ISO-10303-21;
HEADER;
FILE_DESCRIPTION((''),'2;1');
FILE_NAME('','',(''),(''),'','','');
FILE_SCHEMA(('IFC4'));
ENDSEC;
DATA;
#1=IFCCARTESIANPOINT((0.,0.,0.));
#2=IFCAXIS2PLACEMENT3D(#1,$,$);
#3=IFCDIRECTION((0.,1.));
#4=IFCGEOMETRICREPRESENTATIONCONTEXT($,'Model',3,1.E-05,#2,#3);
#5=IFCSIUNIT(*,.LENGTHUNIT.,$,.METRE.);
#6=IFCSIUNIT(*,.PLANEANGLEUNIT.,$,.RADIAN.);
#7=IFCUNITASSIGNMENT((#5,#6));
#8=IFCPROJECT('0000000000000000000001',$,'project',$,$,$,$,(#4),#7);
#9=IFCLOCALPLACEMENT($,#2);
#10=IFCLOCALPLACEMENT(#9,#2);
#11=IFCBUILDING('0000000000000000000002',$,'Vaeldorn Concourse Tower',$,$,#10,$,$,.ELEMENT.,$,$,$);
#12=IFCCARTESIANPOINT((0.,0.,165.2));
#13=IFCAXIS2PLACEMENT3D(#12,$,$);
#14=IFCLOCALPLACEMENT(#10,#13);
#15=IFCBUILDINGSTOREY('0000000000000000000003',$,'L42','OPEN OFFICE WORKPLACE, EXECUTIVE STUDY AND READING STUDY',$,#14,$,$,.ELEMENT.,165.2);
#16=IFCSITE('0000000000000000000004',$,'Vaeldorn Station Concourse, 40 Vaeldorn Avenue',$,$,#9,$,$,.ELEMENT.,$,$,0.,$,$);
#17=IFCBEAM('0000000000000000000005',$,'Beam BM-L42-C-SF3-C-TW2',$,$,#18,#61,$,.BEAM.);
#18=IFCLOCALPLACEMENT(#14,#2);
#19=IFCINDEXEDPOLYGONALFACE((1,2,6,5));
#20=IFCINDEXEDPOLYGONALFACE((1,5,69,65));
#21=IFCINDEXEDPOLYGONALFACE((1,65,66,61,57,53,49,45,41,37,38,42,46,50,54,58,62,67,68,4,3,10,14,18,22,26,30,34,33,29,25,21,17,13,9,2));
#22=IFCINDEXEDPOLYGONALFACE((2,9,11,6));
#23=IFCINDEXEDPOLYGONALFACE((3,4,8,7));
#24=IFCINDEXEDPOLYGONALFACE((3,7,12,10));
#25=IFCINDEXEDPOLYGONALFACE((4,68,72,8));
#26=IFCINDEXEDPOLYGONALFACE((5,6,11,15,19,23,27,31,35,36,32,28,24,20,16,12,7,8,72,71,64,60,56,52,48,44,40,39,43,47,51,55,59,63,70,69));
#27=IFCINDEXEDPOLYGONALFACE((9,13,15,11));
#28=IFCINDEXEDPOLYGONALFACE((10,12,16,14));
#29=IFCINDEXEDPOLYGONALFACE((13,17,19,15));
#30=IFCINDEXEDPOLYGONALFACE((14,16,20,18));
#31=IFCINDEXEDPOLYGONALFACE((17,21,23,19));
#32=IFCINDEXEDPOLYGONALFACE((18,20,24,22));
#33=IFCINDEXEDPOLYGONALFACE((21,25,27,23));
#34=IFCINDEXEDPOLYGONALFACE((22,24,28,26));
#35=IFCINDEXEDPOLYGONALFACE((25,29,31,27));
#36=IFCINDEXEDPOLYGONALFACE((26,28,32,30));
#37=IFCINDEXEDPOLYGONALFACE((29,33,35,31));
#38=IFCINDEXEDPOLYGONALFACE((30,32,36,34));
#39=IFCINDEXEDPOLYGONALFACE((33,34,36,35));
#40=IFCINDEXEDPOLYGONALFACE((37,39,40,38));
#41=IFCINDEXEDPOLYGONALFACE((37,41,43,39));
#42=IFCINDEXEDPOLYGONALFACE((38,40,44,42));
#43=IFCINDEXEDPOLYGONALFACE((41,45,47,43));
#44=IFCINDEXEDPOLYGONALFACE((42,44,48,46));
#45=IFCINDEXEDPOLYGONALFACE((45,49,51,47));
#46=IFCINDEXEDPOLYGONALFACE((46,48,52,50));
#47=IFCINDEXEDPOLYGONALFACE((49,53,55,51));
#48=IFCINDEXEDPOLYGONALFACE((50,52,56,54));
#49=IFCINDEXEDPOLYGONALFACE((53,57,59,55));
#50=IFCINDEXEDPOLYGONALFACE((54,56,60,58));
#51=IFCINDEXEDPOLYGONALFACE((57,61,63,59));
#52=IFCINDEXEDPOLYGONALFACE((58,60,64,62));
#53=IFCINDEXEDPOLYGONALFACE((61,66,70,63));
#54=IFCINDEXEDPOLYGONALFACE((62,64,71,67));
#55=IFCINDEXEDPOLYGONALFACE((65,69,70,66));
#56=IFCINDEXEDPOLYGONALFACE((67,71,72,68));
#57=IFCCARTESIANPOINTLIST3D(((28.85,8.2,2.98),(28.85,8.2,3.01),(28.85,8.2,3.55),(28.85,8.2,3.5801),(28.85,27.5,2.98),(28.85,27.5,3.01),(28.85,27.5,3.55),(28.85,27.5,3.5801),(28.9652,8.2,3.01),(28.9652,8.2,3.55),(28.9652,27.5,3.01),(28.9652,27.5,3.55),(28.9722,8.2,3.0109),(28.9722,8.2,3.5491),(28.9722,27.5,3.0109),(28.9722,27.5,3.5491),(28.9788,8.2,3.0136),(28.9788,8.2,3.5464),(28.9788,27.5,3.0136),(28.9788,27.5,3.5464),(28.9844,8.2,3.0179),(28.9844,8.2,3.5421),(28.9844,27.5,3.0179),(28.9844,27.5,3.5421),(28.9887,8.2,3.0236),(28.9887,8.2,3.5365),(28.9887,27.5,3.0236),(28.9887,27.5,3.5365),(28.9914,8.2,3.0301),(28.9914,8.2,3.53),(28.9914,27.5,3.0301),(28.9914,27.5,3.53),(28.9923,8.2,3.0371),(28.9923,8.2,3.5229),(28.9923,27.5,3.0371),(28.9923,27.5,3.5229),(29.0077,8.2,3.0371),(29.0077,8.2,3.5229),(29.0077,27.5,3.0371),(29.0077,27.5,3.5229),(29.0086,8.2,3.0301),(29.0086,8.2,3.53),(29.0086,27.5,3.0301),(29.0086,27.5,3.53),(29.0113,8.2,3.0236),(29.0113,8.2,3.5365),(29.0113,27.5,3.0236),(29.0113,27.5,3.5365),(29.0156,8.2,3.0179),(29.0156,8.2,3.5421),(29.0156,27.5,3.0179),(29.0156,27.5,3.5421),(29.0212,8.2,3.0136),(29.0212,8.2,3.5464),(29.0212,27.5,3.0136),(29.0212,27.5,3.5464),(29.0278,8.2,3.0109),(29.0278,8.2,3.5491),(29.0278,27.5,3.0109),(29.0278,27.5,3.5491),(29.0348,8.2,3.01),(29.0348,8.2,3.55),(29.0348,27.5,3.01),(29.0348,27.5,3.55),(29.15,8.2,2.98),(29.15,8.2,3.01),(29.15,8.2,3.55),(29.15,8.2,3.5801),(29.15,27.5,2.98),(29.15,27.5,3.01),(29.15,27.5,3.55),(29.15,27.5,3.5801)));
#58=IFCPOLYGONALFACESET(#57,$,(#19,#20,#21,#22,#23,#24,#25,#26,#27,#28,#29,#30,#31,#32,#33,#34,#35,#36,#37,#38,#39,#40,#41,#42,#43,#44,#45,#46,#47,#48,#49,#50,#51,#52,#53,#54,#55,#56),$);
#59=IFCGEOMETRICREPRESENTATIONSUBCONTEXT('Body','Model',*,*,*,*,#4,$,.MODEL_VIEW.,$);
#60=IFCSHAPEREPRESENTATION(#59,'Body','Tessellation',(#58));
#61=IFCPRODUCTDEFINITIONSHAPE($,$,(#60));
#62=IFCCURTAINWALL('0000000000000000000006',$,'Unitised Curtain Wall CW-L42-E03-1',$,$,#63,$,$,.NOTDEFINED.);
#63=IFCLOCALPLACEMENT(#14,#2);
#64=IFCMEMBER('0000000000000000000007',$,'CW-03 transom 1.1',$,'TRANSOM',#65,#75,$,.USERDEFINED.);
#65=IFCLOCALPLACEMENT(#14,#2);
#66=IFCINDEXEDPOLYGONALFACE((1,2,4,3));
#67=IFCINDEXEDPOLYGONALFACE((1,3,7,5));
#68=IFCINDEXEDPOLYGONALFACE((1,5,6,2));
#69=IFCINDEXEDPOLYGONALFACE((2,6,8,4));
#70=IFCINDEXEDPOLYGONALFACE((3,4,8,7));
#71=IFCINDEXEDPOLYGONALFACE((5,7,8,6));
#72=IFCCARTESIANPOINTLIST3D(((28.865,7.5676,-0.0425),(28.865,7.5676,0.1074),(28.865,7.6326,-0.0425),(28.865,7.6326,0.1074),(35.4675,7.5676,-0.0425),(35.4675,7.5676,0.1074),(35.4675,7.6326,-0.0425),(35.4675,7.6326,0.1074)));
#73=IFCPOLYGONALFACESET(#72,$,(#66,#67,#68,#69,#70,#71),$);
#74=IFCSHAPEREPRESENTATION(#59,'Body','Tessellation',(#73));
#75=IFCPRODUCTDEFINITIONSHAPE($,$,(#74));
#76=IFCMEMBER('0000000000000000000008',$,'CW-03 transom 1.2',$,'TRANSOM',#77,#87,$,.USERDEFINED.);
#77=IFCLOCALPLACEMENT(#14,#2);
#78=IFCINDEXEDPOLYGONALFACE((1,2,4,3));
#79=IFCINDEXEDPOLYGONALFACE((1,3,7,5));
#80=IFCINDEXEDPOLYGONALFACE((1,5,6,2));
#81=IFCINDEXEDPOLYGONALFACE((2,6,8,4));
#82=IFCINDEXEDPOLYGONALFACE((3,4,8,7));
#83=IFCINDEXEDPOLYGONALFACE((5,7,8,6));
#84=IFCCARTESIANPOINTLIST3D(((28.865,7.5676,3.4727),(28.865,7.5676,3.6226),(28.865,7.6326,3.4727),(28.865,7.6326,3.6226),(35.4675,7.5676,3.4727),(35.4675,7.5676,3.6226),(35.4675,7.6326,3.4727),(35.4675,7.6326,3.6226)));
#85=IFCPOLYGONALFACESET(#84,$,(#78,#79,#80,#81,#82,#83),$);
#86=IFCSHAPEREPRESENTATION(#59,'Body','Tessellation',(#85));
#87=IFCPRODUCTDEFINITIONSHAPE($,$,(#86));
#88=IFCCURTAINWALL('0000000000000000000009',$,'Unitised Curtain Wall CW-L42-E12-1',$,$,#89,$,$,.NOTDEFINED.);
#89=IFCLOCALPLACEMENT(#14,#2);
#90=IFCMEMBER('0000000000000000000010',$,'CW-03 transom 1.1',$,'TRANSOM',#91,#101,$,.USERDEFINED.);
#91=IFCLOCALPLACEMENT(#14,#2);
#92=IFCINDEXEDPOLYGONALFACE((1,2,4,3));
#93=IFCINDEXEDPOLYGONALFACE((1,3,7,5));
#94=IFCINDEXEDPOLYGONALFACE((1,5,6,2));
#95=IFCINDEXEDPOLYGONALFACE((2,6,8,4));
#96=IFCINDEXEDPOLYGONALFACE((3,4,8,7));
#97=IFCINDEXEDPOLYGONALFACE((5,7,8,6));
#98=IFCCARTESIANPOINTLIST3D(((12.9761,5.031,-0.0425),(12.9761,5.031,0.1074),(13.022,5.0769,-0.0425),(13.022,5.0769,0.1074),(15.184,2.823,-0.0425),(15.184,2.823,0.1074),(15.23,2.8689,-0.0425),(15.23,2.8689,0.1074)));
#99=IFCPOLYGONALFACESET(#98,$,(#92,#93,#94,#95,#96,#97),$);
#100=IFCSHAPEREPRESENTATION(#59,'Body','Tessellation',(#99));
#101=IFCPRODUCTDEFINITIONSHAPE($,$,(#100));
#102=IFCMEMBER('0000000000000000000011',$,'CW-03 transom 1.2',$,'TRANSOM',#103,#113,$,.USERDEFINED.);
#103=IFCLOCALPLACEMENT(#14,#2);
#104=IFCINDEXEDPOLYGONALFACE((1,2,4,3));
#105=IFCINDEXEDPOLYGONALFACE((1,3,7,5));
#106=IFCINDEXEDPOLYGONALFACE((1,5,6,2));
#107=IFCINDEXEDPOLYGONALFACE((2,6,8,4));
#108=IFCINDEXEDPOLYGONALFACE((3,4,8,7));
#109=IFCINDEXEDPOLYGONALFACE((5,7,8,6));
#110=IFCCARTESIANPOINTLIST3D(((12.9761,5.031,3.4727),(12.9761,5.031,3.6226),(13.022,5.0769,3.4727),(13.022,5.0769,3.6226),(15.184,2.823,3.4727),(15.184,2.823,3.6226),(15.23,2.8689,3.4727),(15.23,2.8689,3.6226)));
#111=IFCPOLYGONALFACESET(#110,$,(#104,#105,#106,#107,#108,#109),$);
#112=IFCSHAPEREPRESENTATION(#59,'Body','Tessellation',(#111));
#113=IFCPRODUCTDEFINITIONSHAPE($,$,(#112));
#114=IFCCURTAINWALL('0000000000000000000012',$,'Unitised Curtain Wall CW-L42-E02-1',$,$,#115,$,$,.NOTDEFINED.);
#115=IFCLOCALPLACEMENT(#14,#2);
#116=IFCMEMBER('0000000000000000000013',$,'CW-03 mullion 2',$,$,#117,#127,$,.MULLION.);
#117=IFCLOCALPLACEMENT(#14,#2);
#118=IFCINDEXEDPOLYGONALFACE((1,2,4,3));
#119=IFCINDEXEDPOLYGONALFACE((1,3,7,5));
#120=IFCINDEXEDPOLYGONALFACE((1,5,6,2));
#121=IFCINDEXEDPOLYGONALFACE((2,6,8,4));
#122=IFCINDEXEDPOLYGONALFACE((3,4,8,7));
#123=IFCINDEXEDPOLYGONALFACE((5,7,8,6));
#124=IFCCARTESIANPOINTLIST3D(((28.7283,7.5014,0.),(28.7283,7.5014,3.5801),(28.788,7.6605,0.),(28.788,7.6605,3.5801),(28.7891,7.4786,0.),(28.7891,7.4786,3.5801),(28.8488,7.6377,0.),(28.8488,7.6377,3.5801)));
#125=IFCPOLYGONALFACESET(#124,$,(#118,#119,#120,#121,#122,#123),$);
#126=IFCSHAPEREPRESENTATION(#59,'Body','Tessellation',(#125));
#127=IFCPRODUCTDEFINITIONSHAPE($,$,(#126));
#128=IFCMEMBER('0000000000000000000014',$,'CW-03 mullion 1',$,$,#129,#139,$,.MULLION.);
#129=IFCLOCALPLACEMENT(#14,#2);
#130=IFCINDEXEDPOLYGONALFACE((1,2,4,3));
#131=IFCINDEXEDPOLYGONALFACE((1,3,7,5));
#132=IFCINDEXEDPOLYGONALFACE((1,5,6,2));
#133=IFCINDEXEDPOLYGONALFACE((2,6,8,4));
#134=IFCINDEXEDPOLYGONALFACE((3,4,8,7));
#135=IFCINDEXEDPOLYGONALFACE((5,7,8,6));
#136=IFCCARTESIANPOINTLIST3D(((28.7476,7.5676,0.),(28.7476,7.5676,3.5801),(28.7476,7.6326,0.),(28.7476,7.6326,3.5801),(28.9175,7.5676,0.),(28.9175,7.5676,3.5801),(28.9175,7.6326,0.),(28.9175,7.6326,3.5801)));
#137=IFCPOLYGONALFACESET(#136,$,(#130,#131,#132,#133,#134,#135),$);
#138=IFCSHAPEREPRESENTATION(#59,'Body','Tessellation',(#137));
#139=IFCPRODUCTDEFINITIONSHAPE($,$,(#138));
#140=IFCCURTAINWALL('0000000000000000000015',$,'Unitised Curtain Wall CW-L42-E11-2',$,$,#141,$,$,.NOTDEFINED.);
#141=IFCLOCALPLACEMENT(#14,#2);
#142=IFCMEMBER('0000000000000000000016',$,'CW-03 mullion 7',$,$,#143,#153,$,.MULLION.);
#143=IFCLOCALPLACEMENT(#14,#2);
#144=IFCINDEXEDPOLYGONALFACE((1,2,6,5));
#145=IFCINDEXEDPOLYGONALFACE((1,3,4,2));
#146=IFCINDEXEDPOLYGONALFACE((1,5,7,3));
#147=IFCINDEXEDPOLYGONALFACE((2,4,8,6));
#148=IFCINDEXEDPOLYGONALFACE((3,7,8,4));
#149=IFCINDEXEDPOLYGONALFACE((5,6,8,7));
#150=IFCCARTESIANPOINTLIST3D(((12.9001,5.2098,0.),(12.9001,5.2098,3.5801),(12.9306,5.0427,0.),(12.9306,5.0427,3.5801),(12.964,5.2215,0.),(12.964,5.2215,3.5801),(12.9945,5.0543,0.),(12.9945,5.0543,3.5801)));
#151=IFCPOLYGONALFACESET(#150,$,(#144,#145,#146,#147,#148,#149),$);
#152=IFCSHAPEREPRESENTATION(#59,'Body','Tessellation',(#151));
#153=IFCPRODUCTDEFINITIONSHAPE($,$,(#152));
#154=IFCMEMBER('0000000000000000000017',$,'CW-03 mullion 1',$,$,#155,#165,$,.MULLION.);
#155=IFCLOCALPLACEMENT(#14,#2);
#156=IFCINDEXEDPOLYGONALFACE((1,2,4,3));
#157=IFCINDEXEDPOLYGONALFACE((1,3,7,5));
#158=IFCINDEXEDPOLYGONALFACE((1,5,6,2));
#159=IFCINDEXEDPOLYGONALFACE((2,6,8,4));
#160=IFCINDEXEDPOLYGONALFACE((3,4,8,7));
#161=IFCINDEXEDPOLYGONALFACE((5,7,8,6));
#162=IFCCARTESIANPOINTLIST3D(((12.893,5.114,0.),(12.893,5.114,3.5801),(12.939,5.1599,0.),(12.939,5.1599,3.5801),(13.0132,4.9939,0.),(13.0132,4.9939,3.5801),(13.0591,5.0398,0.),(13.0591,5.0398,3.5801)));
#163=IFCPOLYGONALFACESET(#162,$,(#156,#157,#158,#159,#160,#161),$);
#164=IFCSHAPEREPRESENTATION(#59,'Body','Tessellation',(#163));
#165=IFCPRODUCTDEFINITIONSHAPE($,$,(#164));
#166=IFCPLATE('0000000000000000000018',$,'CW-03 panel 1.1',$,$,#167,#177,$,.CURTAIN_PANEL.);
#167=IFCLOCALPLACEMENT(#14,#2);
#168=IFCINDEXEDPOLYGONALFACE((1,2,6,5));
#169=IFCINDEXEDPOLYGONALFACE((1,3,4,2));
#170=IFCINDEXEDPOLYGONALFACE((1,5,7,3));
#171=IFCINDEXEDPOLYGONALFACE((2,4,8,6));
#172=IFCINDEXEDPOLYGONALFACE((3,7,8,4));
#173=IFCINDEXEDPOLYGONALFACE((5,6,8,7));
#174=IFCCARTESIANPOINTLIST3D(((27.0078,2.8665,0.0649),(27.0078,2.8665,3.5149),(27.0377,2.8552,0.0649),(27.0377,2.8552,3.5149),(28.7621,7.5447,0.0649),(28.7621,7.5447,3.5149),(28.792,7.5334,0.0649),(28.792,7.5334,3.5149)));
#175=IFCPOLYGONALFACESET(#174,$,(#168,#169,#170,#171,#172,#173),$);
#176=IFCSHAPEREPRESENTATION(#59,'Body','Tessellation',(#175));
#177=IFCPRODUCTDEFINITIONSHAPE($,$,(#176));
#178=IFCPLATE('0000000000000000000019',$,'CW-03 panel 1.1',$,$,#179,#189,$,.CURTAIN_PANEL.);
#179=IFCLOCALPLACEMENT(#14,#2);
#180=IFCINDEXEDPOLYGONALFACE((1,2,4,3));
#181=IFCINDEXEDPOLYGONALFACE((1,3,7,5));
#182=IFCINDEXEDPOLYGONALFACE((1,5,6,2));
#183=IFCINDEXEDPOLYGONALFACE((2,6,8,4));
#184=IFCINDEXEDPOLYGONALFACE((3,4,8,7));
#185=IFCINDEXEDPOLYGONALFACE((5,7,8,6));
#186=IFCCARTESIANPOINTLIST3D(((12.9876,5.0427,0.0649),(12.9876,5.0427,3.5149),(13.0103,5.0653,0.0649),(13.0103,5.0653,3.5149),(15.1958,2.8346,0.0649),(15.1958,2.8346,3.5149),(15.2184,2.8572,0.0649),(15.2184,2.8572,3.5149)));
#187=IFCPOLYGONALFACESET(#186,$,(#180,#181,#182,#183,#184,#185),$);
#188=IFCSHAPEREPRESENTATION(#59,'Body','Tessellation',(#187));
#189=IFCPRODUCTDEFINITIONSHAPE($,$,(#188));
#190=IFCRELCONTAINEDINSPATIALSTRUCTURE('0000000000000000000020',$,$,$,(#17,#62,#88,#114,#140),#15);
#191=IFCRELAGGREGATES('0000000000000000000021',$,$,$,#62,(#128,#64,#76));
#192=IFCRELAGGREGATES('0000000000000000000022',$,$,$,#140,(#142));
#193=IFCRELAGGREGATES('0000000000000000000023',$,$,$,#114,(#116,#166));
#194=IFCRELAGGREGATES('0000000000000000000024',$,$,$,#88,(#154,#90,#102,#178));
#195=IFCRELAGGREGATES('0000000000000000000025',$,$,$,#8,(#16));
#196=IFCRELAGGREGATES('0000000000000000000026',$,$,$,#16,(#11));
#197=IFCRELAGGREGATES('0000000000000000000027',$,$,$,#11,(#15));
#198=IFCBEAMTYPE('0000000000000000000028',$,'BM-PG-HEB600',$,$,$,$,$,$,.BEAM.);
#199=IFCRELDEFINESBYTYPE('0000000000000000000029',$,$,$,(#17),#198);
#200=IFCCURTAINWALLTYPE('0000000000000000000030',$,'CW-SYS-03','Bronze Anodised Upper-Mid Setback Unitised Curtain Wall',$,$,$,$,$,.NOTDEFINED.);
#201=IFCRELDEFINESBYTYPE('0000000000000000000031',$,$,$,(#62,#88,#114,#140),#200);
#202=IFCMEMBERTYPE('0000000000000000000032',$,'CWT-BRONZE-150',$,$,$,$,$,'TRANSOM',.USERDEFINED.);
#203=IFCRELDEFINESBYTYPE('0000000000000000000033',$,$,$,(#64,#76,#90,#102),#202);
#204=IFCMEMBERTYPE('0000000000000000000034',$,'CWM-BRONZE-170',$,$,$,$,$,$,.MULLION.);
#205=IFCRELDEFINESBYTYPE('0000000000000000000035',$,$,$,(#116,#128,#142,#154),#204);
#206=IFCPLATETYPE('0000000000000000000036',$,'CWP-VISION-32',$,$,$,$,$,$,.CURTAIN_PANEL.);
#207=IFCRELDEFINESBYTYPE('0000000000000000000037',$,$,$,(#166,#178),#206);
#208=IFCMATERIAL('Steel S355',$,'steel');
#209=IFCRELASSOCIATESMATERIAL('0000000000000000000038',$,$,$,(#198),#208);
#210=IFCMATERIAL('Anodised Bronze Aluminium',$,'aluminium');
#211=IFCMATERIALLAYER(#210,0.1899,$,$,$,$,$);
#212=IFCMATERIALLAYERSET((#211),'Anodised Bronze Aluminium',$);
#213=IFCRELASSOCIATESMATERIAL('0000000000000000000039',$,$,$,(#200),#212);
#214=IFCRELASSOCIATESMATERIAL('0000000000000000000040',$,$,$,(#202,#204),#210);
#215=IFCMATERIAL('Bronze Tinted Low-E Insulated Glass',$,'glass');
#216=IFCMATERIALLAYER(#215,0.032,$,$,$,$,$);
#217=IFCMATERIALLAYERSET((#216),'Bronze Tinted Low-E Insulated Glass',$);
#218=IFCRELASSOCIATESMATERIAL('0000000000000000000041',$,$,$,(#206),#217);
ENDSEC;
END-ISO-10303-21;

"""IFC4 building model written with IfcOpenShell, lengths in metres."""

from ifc_helpers import new_model, si_unit, direction, frame, origin, origin_2d, place, context, subcontext, project, spatial, rectangle, i_section, extrude, source, transform, mapped, material, layer, layer_set, material_profile, profile_set, type_object, element, aggregate, save


model = new_model("IFC4")

# Units and contexts
model_context = context("Model", 3, precision=1e-05, world=origin(), true_north=direction((0.0, 1.0)))
body_context = subcontext(model_context, "Body", "Model", "MODEL_VIEW")
ifc_project = project(units=[si_unit("LENGTHUNIT", "METRE"), si_unit("PLANEANGLEUNIT", "RADIAN")], contexts=[model_context])

# Site, building, storey
site_placement = place(None, origin())
site = spatial("IfcSite", under=ifc_project, at=site_placement, Name="Vaeldorn Station Concourse, 40 Vaeldorn Avenue", CompositionType="ELEMENT", RefElevation=0.0)
building_placement = place(site_placement, origin())
building = spatial("IfcBuilding", under=site, at=building_placement, Name="Vaeldorn Concourse Tower", CompositionType="ELEMENT")
storey_placement = place(building_placement, frame((0.0, 0.0, 165.2)))
storey = spatial("IfcBuildingStorey", under=building, at=storey_placement, Name="L42", Description="OPEN OFFICE WORKPLACE, EXECUTIVE STUDY AND READING STUDY", CompositionType="ELEMENT", Elevation=165.2)

# Beam
ifc_material_1 = material(Name="Steel S355", Category="steel")
ifc_material_profile_1 = material_profile(ifc_material_1, i_section(OverallWidth=0.3, OverallDepth=0.6001, WebThickness=0.0154, FlangeThickness=0.03, FilletRadius=0.0271, at=origin_2d()), Name="HEB 600")
ifc_profile_set_1 = profile_set([ifc_material_profile_1], Name="Steel S355")
beam_type_1 = type_object("IfcBeamType", Name="BM-PG-HEB600", PredefinedType="BEAM", material=ifc_profile_set_1)
shared_shape_1 = source(origin(), body_context, "Body", "SweptSolid", [
    extrude(i_section(OverallWidth=0.3, OverallDepth=0.6001, WebThickness=0.0154, FlangeThickness=0.03, FilletRadius=0.0271, at=origin_2d()), origin(), (0.0, 0.0, 1.0), 19.3),
])
beam_1_placement = place(storey_placement, frame((29.0, 8.2, 3.28), z_axis=(0.0, 1.0, 0.0), x_axis=(-1.0, 0.0, 0.0)))
element("IfcBeam", 1, at=beam_1_placement, inside=storey, type_object=beam_type_1, Name="Beam BM-L42-C-SF3-C-TW2", PredefinedType="BEAM", context=body_context, shape_type="MappedRepresentation", body=[
    mapped(shared_shape_1, transform((0.0, 0.0, 0.0), scale=1.0)),
])

# Curtain walls, members
ifc_material_2 = material(Name="Anodised Bronze Aluminium", Category="aluminium")
ifc_layer_1 = layer(ifc_material_2, 0.1899)
ifc_layer_set_1 = layer_set([ifc_layer_1], Name="Anodised Bronze Aluminium")
curtain_wall_type = type_object("IfcCurtainWallType", Name="CW-SYS-03", Description="Bronze Anodised Upper-Mid Setback Unitised Curtain Wall", PredefinedType="NOTDEFINED", material=ifc_layer_set_1)
curtain_wall_1_placement = place(storey_placement, origin())
curtain_wall_1 = element("IfcCurtainWall", 2, at=curtain_wall_1_placement, inside=storey, type_object=curtain_wall_type, Name="Unitised Curtain Wall CW-L42-E03-1", PredefinedType="NOTDEFINED")
ifc_material_profile_2 = material_profile(ifc_material_2, rectangle(XDim=0.0649, YDim=0.1499, at=origin_2d()), Name="CWT 65x150")
ifc_profile_set_2 = profile_set([ifc_material_profile_2], Name="Anodised Bronze Aluminium")
member_type_1 = type_object("IfcMemberType", Name="CWT-BRONZE-150", ElementType="TRANSOM", PredefinedType="USERDEFINED", material=ifc_profile_set_2)
shared_shape_2 = source(origin(), body_context, "Body", "SweptSolid", [
    extrude(rectangle(XDim=0.0649, YDim=0.1499, at=origin_2d()), origin(), (0.0, 0.0, 1.0), 6.6025),
])
member_1_placement = place(storey_placement, frame((28.865, 7.6001, 0.0325), z_axis=(1.0, 0.0, 0.0), x_axis=(0.0, 1.0, 0.0)))
member_1 = element("IfcMember", 3, at=member_1_placement, type_object=member_type_1, Name="CW-03 transom 1.1", ObjectType="TRANSOM", PredefinedType="USERDEFINED", context=body_context, shape_type="MappedRepresentation", body=[
    mapped(shared_shape_2, transform((0.0, 0.0, 0.0), scale=1.0)),
])
member_2_placement = place(storey_placement, frame((28.865, 7.6001, 3.5476), z_axis=(1.0, 0.0, 0.0), x_axis=(0.0, 1.0, 0.0)))
member_2 = element("IfcMember", 4, at=member_2_placement, type_object=member_type_1, Name="CW-03 transom 1.2", ObjectType="TRANSOM", PredefinedType="USERDEFINED", context=body_context, shape_type="MappedRepresentation", body=[
    mapped(shared_shape_2, transform((0.0, 0.0, 0.0), scale=1.0)),
])
curtain_wall_2_placement = place(storey_placement, origin())
curtain_wall_2 = element("IfcCurtainWall", 5, at=curtain_wall_2_placement, inside=storey, type_object=curtain_wall_type, Name="Unitised Curtain Wall CW-L42-E12-1", PredefinedType="NOTDEFINED")
shared_shape_3 = source(origin(), body_context, "Body", "SweptSolid", [
    extrude(rectangle(XDim=0.0649, YDim=0.1499, at=origin_2d()), origin(), (0.0, 0.0, 1.0), 3.1226),
])
member_3_placement = place(storey_placement, frame((12.999, 5.054, 0.0325), z_axis=(0.707107, -0.707107, 0.0), x_axis=(0.707107, 0.707107, 0.0)))
member_3 = element("IfcMember", 6, at=member_3_placement, type_object=member_type_1, Name="CW-03 transom 1.1", ObjectType="TRANSOM", PredefinedType="USERDEFINED", context=body_context, shape_type="MappedRepresentation", body=[
    mapped(shared_shape_3, transform((0.0, 0.0, 0.0), scale=1.0)),
])
member_4_placement = place(storey_placement, frame((12.999, 5.054, 3.5476), z_axis=(0.707107, -0.707107, 0.0), x_axis=(0.707107, 0.707107, 0.0)))
member_4 = element("IfcMember", 7, at=member_4_placement, type_object=member_type_1, Name="CW-03 transom 1.2", ObjectType="TRANSOM", PredefinedType="USERDEFINED", context=body_context, shape_type="MappedRepresentation", body=[
    mapped(shared_shape_3, transform((0.0, 0.0, 0.0), scale=1.0)),
])

# Curtain wall, member
curtain_wall_3_placement = place(storey_placement, origin())
curtain_wall_3 = element("IfcCurtainWall", 8, at=curtain_wall_3_placement, inside=storey, type_object=curtain_wall_type, Name="Unitised Curtain Wall CW-L42-E02-1", PredefinedType="NOTDEFINED")
ifc_material_profile_3 = material_profile(ifc_material_2, rectangle(XDim=0.0649, YDim=0.1699, at=origin_2d()), Name="CWM 65x170")
ifc_profile_set_3 = profile_set([ifc_material_profile_3], Name="Anodised Bronze Aluminium")
member_type_2 = type_object("IfcMemberType", Name="CWM-BRONZE-170", PredefinedType="MULLION", material=ifc_profile_set_3)
shared_shape_4 = source(origin(), body_context, "Body", "SweptSolid", [
    extrude(rectangle(XDim=0.0649, YDim=0.1699, at=origin_2d()), origin(), (0.0, 0.0, 1.0), 3.5801),
])
member_5_placement = place(storey_placement, frame((28.7886, 7.5696, 0.0), z_axis=(0.0, 0.0, 1.0), x_axis=(-0.936329, 0.351123, 0.0)))
member_5 = element("IfcMember", 9, at=member_5_placement, type_object=member_type_2, Name="CW-03 mullion 2", PredefinedType="MULLION", context=body_context, shape_type="MappedRepresentation", body=[
    mapped(shared_shape_4, transform((0.0, 0.0, 0.0), scale=1.0)),
])

# Member
member_6_placement = place(storey_placement, frame((28.8325, 7.6001, 0.0), z_axis=(0.0, 0.0, 1.0), x_axis=(0.0, 1.0, 0.0)))
member_6 = element("IfcMember", 10, at=member_6_placement, type_object=member_type_2, Name="CW-03 mullion 1", PredefinedType="MULLION", context=body_context, shape_type="MappedRepresentation", body=[
    mapped(shared_shape_4, transform((0.0, 0.0, 0.0), scale=1.0)),
])
aggregate(curtain_wall_1, [member_6, member_1, member_2])

# Curtain wall, member
curtain_wall_4_placement = place(storey_placement, origin())
curtain_wall_4 = element("IfcCurtainWall", 11, at=curtain_wall_4_placement, inside=storey, type_object=curtain_wall_type, Name="Unitised Curtain Wall CW-L42-E11-2", PredefinedType="NOTDEFINED")
member_7_placement = place(storey_placement, frame((12.9473, 5.1321, 0.0), z_axis=(0.0, 0.0, 1.0), x_axis=(0.983768, 0.179446, 0.0)))
member_7 = element("IfcMember", 12, at=member_7_placement, type_object=member_type_2, Name="CW-03 mullion 7", PredefinedType="MULLION", context=body_context, shape_type="MappedRepresentation", body=[
    mapped(shared_shape_4, transform((0.0, 0.0, 0.0), scale=1.0)),
])
aggregate(curtain_wall_4, [member_7])

# Member
member_8_placement = place(storey_placement, frame((12.9761, 5.0769, 0.0), z_axis=(0.0, 0.0, 1.0), x_axis=(0.707107, 0.707107, 0.0)))
member_8 = element("IfcMember", 13, at=member_8_placement, type_object=member_type_2, Name="CW-03 mullion 1", PredefinedType="MULLION", context=body_context, shape_type="MappedRepresentation", body=[
    mapped(shared_shape_4, transform((0.0, 0.0, 0.0), scale=1.0)),
])

# Plates
ifc_material_3 = material(Name="Bronze Tinted Low-E Insulated Glass", Category="glass")
ifc_layer_2 = layer(ifc_material_3, 0.032)
ifc_layer_set_2 = layer_set([ifc_layer_2], Name="Bronze Tinted Low-E Insulated Glass")
plate_type = type_object("IfcPlateType", Name="CWP-VISION-32", PredefinedType="CURTAIN_PANEL", material=ifc_layer_set_2)
shared_shape_5 = source(origin(), body_context, "Body", "SweptSolid", [
    extrude(rectangle(XDim=4.9963, YDim=0.032, at=origin_2d()), origin(), (0.0, 0.0, 1.0), 3.45),
])
plate_1_placement = place(storey_placement, frame((27.8999, 5.2, 0.0649), z_axis=(0.0, 0.0, 1.0), x_axis=(0.351123, 0.936329, 0.0)))
plate_1 = element("IfcPlate", 14, at=plate_1_placement, type_object=plate_type, Name="CW-03 panel 1.1", PredefinedType="CURTAIN_PANEL", context=body_context, shape_type="MappedRepresentation", body=[
    mapped(shared_shape_5, transform((0.0, 0.0, 0.0), scale=1.0)),
])
aggregate(curtain_wall_3, [member_5, plate_1])
shared_shape_6 = source(origin(), body_context, "Body", "SweptSolid", [
    extrude(rectangle(XDim=3.1228, YDim=0.032, at=origin_2d()), origin(), (0.0, 0.0, 1.0), 3.45),
])
plate_2_placement = place(storey_placement, frame((14.103, 3.95, 0.0649), z_axis=(0.0, 0.0, 1.0), x_axis=(0.707107, -0.707107, 0.0)))
plate_2 = element("IfcPlate", 15, at=plate_2_placement, type_object=plate_type, Name="CW-03 panel 1.1", PredefinedType="CURTAIN_PANEL", context=body_context, shape_type="MappedRepresentation", body=[
    mapped(shared_shape_6, transform((0.0, 0.0, 0.0), scale=1.0)),
])
aggregate(curtain_wall_2, [member_8, member_3, member_4, plate_2])

save(model, "model.ifc")
